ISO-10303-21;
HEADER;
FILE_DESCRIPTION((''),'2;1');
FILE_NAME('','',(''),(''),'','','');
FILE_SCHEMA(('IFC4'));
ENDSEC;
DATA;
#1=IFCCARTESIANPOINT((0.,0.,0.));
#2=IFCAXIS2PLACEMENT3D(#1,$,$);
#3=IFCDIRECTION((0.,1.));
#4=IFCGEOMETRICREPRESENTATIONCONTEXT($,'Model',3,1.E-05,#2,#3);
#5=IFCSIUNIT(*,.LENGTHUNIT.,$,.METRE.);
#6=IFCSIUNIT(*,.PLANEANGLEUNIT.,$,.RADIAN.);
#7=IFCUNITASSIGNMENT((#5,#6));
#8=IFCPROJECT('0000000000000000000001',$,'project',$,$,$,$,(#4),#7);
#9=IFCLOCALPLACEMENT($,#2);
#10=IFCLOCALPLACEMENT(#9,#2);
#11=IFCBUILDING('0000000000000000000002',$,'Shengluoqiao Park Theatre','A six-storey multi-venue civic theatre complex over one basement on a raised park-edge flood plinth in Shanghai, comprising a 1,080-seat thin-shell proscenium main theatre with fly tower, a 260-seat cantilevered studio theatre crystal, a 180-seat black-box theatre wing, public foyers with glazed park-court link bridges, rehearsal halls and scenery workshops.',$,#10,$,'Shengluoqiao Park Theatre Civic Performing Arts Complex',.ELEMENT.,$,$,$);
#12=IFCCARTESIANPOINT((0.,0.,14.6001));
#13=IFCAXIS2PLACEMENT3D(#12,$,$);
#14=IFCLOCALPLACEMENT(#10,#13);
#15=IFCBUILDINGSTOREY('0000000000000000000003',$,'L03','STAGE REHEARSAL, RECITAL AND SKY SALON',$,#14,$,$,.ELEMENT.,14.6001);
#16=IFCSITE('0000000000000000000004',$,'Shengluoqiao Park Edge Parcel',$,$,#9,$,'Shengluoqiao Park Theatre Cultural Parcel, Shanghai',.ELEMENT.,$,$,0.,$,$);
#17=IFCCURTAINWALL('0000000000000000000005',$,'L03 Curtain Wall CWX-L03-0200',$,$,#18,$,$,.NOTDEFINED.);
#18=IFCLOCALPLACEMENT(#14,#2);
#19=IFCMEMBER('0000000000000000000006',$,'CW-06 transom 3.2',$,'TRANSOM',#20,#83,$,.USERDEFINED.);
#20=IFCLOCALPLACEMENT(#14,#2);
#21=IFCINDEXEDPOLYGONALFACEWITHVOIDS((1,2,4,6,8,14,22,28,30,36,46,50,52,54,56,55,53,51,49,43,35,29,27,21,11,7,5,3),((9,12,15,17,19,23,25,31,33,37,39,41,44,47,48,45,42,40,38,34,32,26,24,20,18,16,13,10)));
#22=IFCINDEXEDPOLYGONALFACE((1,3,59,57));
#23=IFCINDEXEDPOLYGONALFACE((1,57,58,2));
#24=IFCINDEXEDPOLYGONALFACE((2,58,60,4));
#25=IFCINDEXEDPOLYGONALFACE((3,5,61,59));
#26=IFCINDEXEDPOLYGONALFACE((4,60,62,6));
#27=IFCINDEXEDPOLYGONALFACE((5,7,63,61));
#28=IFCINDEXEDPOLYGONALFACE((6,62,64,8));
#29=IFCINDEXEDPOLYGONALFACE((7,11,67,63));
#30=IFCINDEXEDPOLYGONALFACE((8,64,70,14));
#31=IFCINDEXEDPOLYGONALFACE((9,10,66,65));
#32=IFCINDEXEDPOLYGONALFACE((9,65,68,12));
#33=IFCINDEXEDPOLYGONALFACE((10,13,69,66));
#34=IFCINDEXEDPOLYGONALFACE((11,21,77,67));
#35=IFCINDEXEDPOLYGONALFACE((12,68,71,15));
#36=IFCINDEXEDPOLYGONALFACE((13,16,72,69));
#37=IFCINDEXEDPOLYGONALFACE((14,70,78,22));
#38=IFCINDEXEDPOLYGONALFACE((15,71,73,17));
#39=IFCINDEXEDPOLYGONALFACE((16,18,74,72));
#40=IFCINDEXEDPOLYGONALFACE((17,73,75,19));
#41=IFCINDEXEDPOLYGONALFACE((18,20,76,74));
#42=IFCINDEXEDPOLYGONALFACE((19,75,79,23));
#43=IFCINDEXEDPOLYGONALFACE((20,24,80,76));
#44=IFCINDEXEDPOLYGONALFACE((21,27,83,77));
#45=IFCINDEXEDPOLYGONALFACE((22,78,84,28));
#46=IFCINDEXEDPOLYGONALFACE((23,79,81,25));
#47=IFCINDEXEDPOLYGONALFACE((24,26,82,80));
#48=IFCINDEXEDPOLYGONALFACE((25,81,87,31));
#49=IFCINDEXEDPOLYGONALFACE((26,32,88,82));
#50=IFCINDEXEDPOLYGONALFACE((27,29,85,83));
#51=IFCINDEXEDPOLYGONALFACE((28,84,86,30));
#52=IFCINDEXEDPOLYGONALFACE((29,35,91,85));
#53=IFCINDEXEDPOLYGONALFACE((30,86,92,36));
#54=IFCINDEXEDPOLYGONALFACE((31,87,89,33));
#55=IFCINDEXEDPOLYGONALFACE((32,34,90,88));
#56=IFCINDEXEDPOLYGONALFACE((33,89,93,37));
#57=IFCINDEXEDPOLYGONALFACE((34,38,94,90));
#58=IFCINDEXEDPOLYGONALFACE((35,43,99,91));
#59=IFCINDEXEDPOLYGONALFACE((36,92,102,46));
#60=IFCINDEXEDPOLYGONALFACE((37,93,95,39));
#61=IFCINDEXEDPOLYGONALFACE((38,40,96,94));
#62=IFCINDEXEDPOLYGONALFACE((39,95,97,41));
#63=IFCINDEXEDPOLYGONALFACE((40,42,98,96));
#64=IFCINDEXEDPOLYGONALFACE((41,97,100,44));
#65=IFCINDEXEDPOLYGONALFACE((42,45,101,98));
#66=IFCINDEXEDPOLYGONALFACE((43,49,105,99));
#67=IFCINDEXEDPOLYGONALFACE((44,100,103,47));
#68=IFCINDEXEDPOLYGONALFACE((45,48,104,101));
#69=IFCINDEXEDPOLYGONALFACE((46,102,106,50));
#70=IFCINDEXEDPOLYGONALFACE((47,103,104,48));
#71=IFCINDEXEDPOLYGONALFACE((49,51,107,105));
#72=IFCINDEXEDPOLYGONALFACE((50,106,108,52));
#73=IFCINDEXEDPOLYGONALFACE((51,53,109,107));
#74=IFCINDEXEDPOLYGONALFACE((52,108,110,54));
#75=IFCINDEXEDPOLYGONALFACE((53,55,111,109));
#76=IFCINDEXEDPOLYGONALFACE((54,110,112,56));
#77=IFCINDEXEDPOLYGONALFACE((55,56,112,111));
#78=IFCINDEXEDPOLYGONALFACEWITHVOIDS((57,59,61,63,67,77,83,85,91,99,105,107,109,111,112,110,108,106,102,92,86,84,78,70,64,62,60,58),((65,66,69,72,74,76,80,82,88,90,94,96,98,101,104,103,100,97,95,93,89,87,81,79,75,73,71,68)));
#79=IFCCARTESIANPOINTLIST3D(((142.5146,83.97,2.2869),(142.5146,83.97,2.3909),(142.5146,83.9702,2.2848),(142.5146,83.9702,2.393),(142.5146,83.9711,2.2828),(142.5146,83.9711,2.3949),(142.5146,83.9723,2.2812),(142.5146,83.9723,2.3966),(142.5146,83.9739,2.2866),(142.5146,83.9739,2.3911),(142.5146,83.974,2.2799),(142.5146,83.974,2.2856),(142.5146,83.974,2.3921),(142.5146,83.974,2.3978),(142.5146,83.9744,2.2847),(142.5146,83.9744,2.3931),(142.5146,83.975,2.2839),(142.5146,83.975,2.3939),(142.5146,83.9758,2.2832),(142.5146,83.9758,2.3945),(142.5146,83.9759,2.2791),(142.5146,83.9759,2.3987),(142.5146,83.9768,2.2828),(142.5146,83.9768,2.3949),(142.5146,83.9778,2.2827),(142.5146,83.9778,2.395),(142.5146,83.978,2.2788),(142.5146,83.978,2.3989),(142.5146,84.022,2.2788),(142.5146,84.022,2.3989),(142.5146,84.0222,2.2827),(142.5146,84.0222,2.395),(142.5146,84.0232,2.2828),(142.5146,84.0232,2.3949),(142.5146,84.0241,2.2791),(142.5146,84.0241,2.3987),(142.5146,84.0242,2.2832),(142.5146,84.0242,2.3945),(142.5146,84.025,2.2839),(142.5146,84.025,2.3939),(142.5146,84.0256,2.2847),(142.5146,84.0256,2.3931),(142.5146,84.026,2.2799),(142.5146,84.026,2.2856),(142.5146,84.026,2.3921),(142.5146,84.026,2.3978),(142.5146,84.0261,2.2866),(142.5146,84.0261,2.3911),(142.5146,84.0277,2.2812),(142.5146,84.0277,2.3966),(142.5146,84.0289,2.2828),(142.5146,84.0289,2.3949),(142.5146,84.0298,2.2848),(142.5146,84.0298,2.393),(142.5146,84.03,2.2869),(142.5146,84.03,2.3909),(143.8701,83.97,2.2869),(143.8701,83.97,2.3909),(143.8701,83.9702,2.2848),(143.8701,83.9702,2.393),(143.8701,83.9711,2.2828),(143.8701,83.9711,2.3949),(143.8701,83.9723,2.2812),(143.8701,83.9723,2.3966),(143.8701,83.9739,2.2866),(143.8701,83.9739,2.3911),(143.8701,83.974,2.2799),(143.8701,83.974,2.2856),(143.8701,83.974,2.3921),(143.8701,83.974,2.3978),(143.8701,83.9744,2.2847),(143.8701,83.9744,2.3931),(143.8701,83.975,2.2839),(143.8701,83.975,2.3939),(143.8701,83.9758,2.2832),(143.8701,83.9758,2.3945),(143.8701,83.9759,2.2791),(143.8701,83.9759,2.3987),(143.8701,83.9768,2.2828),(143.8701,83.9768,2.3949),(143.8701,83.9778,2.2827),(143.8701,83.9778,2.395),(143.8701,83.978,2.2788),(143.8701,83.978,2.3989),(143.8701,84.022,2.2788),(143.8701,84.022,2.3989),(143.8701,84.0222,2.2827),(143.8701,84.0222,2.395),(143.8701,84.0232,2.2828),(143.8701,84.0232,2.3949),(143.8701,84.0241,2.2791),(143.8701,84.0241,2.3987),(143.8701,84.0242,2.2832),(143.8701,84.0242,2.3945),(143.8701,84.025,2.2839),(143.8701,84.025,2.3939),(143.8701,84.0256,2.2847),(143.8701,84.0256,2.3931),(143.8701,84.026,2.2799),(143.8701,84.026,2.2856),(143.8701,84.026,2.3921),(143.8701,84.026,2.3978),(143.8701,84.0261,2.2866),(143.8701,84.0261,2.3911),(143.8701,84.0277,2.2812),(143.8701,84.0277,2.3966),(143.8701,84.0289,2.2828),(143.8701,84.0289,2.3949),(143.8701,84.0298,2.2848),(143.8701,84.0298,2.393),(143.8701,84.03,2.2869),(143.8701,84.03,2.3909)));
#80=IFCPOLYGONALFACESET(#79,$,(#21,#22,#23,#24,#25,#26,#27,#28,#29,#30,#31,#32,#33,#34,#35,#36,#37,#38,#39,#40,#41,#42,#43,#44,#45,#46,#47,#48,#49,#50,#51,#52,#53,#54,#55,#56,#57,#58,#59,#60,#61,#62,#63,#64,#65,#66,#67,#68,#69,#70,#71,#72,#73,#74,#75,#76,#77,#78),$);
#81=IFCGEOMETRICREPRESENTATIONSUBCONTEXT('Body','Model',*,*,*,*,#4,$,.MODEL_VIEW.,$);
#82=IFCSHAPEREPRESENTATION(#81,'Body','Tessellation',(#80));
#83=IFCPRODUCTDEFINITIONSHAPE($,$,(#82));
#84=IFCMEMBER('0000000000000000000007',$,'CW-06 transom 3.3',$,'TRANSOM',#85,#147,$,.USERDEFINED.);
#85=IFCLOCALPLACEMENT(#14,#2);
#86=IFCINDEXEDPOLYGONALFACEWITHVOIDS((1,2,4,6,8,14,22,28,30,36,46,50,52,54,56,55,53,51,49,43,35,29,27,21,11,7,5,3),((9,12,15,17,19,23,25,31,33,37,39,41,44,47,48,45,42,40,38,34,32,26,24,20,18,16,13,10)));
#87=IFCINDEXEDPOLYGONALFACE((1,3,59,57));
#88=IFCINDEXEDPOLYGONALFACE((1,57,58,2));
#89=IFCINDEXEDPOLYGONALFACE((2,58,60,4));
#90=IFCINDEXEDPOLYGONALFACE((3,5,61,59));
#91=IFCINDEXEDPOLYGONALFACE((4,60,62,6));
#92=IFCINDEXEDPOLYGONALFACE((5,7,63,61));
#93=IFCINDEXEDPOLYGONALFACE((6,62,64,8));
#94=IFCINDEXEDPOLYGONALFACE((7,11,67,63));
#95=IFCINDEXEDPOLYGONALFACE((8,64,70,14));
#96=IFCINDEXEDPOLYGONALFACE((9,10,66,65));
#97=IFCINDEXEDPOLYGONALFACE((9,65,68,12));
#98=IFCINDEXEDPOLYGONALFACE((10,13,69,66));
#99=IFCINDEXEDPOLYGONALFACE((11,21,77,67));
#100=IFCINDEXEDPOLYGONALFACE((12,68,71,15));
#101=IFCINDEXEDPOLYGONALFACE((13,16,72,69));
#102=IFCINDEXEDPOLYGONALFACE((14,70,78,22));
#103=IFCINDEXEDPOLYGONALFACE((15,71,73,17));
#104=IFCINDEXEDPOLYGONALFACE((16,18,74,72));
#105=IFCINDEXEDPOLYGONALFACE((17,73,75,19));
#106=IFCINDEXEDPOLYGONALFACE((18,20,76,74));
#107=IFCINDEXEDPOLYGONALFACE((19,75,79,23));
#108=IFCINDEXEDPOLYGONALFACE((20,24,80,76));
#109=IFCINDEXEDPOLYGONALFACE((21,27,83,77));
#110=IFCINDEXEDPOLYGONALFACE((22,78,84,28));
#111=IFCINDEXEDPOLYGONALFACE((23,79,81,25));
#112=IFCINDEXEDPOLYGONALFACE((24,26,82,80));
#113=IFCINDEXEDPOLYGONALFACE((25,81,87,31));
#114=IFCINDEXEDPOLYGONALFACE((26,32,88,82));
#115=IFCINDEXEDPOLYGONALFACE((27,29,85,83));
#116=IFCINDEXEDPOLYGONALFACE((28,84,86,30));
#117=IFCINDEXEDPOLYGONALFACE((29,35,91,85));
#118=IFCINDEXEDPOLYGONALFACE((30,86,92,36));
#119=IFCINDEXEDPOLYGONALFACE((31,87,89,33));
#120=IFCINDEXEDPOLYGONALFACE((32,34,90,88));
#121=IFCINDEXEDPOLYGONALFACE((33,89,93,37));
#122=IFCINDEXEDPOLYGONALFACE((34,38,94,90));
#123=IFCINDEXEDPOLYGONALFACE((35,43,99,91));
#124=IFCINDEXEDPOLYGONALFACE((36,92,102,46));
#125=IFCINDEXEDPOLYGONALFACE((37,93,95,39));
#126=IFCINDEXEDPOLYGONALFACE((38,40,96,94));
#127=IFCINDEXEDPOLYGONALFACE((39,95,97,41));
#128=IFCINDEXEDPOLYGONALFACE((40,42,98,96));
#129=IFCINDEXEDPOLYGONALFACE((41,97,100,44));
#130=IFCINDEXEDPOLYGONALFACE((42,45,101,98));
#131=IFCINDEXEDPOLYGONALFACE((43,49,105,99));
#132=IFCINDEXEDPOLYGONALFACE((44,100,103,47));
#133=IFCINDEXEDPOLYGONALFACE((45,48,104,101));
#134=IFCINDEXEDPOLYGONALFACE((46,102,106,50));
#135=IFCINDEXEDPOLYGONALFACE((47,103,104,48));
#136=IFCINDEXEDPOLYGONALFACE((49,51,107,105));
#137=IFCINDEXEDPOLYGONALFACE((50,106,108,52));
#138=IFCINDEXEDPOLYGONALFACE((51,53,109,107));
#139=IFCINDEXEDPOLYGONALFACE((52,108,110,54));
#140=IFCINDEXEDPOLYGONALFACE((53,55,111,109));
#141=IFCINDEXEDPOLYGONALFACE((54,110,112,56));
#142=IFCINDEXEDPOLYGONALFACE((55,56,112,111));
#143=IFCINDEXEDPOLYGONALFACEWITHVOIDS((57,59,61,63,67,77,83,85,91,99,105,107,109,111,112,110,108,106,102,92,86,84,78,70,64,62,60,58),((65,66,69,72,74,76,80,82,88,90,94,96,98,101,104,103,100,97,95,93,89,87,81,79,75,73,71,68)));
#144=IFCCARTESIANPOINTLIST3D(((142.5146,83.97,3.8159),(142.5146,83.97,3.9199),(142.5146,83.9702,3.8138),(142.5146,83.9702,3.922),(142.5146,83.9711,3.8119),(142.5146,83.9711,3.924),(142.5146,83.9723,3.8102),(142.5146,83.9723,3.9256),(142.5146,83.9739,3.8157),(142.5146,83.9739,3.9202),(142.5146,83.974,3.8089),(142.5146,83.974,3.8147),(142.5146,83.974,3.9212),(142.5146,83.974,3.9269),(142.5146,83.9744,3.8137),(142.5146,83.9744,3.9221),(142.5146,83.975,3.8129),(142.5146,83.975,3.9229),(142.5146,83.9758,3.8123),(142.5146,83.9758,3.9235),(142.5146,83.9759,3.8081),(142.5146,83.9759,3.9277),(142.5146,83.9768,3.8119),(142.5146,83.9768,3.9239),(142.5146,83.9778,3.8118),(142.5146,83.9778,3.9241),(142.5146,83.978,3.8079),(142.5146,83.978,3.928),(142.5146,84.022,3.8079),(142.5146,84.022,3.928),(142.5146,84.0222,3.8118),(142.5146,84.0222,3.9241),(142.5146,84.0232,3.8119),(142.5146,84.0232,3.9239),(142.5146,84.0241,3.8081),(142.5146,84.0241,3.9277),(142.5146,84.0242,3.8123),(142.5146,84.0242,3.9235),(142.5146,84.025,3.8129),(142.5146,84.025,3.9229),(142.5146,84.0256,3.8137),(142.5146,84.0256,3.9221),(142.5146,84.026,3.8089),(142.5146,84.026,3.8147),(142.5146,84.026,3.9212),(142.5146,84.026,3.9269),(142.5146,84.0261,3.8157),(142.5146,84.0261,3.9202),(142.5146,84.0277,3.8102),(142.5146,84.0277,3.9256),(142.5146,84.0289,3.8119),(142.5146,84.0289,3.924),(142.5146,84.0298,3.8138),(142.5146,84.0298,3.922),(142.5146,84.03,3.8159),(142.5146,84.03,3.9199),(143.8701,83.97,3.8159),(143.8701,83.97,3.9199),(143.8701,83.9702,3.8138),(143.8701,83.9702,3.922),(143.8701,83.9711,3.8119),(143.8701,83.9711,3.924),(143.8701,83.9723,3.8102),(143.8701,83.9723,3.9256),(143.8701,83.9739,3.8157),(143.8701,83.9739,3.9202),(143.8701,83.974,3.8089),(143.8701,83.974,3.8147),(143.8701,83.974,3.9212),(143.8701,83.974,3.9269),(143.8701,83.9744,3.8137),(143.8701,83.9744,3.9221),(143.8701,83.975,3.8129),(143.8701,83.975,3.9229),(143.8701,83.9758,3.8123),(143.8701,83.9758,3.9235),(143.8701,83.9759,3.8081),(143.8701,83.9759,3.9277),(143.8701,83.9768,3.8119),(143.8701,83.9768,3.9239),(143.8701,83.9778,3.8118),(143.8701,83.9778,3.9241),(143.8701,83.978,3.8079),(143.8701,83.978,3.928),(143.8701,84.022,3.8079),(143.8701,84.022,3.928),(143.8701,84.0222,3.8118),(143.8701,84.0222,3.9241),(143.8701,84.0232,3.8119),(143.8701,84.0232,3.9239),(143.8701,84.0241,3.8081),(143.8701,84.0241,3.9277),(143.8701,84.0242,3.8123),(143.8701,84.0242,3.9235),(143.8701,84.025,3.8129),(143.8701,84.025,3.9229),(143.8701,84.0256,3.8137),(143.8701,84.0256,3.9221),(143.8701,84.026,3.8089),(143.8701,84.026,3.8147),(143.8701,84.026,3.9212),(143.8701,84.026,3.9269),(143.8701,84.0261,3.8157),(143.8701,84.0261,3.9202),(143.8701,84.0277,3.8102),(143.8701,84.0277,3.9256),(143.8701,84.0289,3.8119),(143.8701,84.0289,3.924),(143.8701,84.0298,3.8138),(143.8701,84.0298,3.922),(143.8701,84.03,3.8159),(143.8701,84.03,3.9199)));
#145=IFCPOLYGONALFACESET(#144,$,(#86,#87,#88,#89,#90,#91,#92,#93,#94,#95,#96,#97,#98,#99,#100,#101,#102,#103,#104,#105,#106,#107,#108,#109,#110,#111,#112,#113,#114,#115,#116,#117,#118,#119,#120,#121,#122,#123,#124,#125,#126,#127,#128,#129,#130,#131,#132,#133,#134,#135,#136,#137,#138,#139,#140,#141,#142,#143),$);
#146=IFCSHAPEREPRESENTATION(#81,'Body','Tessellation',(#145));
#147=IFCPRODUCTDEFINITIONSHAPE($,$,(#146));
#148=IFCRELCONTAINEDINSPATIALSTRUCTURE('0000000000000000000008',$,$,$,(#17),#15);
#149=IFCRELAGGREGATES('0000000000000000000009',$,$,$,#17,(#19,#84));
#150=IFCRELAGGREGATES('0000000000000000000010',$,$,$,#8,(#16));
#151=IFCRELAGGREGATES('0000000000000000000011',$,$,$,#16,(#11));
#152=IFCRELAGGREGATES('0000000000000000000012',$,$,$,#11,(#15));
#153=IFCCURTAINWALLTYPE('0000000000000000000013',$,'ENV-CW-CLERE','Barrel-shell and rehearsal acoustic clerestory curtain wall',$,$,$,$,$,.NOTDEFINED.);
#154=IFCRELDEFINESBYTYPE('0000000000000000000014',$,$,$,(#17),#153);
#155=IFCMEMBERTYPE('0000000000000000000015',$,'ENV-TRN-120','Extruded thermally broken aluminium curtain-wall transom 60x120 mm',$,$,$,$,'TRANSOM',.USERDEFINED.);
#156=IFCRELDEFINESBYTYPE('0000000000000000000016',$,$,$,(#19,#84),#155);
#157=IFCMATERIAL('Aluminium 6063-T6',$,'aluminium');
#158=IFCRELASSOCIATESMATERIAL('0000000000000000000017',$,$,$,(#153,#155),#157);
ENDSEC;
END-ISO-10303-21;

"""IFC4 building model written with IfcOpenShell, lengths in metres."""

from ifc_helpers import new_model, si_unit, direction, frame, origin, origin_2d, place, context, subcontext, project, spatial, hollow_rectangle, extrude, material, material_profile, profile_set, type_object, element, aggregate, save


model = new_model("IFC4")

# Units and contexts
model_context = context("Model", 3, precision=1e-05, world=origin(), true_north=direction((0.0, 1.0)))
body_context = subcontext(model_context, "Body", "Model", "MODEL_VIEW")
ifc_project = project(units=[si_unit("LENGTHUNIT", "METRE"), si_unit("PLANEANGLEUNIT", "RADIAN")], contexts=[model_context])

# Site, building, storey
site_placement = place(None, origin())
site = spatial("IfcSite", under=ifc_project, at=site_placement, Name="Shengluoqiao Park Edge Parcel", LongName="Shengluoqiao Park Theatre Cultural Parcel, Shanghai", CompositionType="ELEMENT", RefElevation=0.0)
building_placement = place(site_placement, origin())
building = spatial("IfcBuilding", under=site, at=building_placement, Name="Shengluoqiao Park Theatre", Description="A six-storey multi-venue civic theatre complex over one basement on a raised park-edge flood plinth in Shanghai, comprising a 1,080-seat thin-shell proscenium main theatre with fly tower, a 260-seat cantilevered studio theatre crystal, a 180-seat black-box theatre wing, public foyers with glazed park-court link bridges, rehearsal halls and scenery workshops.", LongName="Shengluoqiao Park Theatre Civic Performing Arts Complex", CompositionType="ELEMENT")
storey_placement = place(building_placement, frame((0.0, 0.0, 14.6001)))
storey = spatial("IfcBuildingStorey", under=building, at=storey_placement, Name="L03", Description="STAGE REHEARSAL, RECITAL AND SKY SALON", CompositionType="ELEMENT", Elevation=14.6001)

# Curtain wall, members
ifc_material_1 = material(Name="Aluminium 6063-T6", Category="aluminium")
curtain_wall_type = type_object("IfcCurtainWallType", Name="ENV-CW-CLERE", Description="Barrel-shell and rehearsal acoustic clerestory curtain wall", PredefinedType="NOTDEFINED", material=ifc_material_1)
curtain_wall_placement = place(storey_placement, origin())
curtain_wall = element("IfcCurtainWall", 1, at=curtain_wall_placement, inside=storey, type_object=curtain_wall_type, Name="L03 Curtain Wall CWX-L03-0200", PredefinedType="NOTDEFINED")
ifc_material_profile_1 = material_profile(ifc_material_1, hollow_rectangle(XDim=0.0601, YDim=0.1201, WallThickness=0.0039, InnerFilletRadius=0.0039, OuterFilletRadius=0.0081, at=origin_2d()), Name="ALU TRANSOM 120x60x4")
ifc_profile_set_1 = profile_set([ifc_material_profile_1], Name="Aluminium 6063-T6")
member_type_1 = type_object("IfcMemberType", Name="ENV-TRN-120", Description="Extruded thermally broken aluminium curtain-wall transom 60x120 mm", ElementType="TRANSOM", PredefinedType="USERDEFINED", material=ifc_profile_set_1)
member_1_placement = place(storey_placement, frame((142.5146, 84.0, 2.3389), z_axis=(1.0, 0.0, 0.0), x_axis=(0.0, 1.0, 0.0)))
member_1 = element("IfcMember", 2, at=member_1_placement, type_object=member_type_1, Name="CW-06 transom 3.2", ObjectType="TRANSOM", PredefinedType="USERDEFINED", context=body_context, shape_type="SweptSolid", body=[
    extrude(hollow_rectangle(XDim=0.0601, YDim=0.1201, WallThickness=0.0039, InnerFilletRadius=0.0039, OuterFilletRadius=0.0081, at=origin_2d()), origin(), (0.0, 0.0, 1.0), 1.3555),
])
member_2_placement = place(storey_placement, frame((142.5146, 84.0, 3.8679), z_axis=(1.0, 0.0, 0.0), x_axis=(0.0, 1.0, 0.0)))
member_2 = element("IfcMember", 3, at=member_2_placement, type_object=member_type_1, Name="CW-06 transom 3.3", ObjectType="TRANSOM", PredefinedType="USERDEFINED", context=body_context, shape_type="SweptSolid", body=[
    extrude(hollow_rectangle(XDim=0.0601, YDim=0.1201, WallThickness=0.0039, InnerFilletRadius=0.0039, OuterFilletRadius=0.0081, at=origin_2d()), origin(), (0.0, 0.0, 1.0), 1.3555),
])
aggregate(curtain_wall, [member_1, member_2])

save(model, "model.ifc")
